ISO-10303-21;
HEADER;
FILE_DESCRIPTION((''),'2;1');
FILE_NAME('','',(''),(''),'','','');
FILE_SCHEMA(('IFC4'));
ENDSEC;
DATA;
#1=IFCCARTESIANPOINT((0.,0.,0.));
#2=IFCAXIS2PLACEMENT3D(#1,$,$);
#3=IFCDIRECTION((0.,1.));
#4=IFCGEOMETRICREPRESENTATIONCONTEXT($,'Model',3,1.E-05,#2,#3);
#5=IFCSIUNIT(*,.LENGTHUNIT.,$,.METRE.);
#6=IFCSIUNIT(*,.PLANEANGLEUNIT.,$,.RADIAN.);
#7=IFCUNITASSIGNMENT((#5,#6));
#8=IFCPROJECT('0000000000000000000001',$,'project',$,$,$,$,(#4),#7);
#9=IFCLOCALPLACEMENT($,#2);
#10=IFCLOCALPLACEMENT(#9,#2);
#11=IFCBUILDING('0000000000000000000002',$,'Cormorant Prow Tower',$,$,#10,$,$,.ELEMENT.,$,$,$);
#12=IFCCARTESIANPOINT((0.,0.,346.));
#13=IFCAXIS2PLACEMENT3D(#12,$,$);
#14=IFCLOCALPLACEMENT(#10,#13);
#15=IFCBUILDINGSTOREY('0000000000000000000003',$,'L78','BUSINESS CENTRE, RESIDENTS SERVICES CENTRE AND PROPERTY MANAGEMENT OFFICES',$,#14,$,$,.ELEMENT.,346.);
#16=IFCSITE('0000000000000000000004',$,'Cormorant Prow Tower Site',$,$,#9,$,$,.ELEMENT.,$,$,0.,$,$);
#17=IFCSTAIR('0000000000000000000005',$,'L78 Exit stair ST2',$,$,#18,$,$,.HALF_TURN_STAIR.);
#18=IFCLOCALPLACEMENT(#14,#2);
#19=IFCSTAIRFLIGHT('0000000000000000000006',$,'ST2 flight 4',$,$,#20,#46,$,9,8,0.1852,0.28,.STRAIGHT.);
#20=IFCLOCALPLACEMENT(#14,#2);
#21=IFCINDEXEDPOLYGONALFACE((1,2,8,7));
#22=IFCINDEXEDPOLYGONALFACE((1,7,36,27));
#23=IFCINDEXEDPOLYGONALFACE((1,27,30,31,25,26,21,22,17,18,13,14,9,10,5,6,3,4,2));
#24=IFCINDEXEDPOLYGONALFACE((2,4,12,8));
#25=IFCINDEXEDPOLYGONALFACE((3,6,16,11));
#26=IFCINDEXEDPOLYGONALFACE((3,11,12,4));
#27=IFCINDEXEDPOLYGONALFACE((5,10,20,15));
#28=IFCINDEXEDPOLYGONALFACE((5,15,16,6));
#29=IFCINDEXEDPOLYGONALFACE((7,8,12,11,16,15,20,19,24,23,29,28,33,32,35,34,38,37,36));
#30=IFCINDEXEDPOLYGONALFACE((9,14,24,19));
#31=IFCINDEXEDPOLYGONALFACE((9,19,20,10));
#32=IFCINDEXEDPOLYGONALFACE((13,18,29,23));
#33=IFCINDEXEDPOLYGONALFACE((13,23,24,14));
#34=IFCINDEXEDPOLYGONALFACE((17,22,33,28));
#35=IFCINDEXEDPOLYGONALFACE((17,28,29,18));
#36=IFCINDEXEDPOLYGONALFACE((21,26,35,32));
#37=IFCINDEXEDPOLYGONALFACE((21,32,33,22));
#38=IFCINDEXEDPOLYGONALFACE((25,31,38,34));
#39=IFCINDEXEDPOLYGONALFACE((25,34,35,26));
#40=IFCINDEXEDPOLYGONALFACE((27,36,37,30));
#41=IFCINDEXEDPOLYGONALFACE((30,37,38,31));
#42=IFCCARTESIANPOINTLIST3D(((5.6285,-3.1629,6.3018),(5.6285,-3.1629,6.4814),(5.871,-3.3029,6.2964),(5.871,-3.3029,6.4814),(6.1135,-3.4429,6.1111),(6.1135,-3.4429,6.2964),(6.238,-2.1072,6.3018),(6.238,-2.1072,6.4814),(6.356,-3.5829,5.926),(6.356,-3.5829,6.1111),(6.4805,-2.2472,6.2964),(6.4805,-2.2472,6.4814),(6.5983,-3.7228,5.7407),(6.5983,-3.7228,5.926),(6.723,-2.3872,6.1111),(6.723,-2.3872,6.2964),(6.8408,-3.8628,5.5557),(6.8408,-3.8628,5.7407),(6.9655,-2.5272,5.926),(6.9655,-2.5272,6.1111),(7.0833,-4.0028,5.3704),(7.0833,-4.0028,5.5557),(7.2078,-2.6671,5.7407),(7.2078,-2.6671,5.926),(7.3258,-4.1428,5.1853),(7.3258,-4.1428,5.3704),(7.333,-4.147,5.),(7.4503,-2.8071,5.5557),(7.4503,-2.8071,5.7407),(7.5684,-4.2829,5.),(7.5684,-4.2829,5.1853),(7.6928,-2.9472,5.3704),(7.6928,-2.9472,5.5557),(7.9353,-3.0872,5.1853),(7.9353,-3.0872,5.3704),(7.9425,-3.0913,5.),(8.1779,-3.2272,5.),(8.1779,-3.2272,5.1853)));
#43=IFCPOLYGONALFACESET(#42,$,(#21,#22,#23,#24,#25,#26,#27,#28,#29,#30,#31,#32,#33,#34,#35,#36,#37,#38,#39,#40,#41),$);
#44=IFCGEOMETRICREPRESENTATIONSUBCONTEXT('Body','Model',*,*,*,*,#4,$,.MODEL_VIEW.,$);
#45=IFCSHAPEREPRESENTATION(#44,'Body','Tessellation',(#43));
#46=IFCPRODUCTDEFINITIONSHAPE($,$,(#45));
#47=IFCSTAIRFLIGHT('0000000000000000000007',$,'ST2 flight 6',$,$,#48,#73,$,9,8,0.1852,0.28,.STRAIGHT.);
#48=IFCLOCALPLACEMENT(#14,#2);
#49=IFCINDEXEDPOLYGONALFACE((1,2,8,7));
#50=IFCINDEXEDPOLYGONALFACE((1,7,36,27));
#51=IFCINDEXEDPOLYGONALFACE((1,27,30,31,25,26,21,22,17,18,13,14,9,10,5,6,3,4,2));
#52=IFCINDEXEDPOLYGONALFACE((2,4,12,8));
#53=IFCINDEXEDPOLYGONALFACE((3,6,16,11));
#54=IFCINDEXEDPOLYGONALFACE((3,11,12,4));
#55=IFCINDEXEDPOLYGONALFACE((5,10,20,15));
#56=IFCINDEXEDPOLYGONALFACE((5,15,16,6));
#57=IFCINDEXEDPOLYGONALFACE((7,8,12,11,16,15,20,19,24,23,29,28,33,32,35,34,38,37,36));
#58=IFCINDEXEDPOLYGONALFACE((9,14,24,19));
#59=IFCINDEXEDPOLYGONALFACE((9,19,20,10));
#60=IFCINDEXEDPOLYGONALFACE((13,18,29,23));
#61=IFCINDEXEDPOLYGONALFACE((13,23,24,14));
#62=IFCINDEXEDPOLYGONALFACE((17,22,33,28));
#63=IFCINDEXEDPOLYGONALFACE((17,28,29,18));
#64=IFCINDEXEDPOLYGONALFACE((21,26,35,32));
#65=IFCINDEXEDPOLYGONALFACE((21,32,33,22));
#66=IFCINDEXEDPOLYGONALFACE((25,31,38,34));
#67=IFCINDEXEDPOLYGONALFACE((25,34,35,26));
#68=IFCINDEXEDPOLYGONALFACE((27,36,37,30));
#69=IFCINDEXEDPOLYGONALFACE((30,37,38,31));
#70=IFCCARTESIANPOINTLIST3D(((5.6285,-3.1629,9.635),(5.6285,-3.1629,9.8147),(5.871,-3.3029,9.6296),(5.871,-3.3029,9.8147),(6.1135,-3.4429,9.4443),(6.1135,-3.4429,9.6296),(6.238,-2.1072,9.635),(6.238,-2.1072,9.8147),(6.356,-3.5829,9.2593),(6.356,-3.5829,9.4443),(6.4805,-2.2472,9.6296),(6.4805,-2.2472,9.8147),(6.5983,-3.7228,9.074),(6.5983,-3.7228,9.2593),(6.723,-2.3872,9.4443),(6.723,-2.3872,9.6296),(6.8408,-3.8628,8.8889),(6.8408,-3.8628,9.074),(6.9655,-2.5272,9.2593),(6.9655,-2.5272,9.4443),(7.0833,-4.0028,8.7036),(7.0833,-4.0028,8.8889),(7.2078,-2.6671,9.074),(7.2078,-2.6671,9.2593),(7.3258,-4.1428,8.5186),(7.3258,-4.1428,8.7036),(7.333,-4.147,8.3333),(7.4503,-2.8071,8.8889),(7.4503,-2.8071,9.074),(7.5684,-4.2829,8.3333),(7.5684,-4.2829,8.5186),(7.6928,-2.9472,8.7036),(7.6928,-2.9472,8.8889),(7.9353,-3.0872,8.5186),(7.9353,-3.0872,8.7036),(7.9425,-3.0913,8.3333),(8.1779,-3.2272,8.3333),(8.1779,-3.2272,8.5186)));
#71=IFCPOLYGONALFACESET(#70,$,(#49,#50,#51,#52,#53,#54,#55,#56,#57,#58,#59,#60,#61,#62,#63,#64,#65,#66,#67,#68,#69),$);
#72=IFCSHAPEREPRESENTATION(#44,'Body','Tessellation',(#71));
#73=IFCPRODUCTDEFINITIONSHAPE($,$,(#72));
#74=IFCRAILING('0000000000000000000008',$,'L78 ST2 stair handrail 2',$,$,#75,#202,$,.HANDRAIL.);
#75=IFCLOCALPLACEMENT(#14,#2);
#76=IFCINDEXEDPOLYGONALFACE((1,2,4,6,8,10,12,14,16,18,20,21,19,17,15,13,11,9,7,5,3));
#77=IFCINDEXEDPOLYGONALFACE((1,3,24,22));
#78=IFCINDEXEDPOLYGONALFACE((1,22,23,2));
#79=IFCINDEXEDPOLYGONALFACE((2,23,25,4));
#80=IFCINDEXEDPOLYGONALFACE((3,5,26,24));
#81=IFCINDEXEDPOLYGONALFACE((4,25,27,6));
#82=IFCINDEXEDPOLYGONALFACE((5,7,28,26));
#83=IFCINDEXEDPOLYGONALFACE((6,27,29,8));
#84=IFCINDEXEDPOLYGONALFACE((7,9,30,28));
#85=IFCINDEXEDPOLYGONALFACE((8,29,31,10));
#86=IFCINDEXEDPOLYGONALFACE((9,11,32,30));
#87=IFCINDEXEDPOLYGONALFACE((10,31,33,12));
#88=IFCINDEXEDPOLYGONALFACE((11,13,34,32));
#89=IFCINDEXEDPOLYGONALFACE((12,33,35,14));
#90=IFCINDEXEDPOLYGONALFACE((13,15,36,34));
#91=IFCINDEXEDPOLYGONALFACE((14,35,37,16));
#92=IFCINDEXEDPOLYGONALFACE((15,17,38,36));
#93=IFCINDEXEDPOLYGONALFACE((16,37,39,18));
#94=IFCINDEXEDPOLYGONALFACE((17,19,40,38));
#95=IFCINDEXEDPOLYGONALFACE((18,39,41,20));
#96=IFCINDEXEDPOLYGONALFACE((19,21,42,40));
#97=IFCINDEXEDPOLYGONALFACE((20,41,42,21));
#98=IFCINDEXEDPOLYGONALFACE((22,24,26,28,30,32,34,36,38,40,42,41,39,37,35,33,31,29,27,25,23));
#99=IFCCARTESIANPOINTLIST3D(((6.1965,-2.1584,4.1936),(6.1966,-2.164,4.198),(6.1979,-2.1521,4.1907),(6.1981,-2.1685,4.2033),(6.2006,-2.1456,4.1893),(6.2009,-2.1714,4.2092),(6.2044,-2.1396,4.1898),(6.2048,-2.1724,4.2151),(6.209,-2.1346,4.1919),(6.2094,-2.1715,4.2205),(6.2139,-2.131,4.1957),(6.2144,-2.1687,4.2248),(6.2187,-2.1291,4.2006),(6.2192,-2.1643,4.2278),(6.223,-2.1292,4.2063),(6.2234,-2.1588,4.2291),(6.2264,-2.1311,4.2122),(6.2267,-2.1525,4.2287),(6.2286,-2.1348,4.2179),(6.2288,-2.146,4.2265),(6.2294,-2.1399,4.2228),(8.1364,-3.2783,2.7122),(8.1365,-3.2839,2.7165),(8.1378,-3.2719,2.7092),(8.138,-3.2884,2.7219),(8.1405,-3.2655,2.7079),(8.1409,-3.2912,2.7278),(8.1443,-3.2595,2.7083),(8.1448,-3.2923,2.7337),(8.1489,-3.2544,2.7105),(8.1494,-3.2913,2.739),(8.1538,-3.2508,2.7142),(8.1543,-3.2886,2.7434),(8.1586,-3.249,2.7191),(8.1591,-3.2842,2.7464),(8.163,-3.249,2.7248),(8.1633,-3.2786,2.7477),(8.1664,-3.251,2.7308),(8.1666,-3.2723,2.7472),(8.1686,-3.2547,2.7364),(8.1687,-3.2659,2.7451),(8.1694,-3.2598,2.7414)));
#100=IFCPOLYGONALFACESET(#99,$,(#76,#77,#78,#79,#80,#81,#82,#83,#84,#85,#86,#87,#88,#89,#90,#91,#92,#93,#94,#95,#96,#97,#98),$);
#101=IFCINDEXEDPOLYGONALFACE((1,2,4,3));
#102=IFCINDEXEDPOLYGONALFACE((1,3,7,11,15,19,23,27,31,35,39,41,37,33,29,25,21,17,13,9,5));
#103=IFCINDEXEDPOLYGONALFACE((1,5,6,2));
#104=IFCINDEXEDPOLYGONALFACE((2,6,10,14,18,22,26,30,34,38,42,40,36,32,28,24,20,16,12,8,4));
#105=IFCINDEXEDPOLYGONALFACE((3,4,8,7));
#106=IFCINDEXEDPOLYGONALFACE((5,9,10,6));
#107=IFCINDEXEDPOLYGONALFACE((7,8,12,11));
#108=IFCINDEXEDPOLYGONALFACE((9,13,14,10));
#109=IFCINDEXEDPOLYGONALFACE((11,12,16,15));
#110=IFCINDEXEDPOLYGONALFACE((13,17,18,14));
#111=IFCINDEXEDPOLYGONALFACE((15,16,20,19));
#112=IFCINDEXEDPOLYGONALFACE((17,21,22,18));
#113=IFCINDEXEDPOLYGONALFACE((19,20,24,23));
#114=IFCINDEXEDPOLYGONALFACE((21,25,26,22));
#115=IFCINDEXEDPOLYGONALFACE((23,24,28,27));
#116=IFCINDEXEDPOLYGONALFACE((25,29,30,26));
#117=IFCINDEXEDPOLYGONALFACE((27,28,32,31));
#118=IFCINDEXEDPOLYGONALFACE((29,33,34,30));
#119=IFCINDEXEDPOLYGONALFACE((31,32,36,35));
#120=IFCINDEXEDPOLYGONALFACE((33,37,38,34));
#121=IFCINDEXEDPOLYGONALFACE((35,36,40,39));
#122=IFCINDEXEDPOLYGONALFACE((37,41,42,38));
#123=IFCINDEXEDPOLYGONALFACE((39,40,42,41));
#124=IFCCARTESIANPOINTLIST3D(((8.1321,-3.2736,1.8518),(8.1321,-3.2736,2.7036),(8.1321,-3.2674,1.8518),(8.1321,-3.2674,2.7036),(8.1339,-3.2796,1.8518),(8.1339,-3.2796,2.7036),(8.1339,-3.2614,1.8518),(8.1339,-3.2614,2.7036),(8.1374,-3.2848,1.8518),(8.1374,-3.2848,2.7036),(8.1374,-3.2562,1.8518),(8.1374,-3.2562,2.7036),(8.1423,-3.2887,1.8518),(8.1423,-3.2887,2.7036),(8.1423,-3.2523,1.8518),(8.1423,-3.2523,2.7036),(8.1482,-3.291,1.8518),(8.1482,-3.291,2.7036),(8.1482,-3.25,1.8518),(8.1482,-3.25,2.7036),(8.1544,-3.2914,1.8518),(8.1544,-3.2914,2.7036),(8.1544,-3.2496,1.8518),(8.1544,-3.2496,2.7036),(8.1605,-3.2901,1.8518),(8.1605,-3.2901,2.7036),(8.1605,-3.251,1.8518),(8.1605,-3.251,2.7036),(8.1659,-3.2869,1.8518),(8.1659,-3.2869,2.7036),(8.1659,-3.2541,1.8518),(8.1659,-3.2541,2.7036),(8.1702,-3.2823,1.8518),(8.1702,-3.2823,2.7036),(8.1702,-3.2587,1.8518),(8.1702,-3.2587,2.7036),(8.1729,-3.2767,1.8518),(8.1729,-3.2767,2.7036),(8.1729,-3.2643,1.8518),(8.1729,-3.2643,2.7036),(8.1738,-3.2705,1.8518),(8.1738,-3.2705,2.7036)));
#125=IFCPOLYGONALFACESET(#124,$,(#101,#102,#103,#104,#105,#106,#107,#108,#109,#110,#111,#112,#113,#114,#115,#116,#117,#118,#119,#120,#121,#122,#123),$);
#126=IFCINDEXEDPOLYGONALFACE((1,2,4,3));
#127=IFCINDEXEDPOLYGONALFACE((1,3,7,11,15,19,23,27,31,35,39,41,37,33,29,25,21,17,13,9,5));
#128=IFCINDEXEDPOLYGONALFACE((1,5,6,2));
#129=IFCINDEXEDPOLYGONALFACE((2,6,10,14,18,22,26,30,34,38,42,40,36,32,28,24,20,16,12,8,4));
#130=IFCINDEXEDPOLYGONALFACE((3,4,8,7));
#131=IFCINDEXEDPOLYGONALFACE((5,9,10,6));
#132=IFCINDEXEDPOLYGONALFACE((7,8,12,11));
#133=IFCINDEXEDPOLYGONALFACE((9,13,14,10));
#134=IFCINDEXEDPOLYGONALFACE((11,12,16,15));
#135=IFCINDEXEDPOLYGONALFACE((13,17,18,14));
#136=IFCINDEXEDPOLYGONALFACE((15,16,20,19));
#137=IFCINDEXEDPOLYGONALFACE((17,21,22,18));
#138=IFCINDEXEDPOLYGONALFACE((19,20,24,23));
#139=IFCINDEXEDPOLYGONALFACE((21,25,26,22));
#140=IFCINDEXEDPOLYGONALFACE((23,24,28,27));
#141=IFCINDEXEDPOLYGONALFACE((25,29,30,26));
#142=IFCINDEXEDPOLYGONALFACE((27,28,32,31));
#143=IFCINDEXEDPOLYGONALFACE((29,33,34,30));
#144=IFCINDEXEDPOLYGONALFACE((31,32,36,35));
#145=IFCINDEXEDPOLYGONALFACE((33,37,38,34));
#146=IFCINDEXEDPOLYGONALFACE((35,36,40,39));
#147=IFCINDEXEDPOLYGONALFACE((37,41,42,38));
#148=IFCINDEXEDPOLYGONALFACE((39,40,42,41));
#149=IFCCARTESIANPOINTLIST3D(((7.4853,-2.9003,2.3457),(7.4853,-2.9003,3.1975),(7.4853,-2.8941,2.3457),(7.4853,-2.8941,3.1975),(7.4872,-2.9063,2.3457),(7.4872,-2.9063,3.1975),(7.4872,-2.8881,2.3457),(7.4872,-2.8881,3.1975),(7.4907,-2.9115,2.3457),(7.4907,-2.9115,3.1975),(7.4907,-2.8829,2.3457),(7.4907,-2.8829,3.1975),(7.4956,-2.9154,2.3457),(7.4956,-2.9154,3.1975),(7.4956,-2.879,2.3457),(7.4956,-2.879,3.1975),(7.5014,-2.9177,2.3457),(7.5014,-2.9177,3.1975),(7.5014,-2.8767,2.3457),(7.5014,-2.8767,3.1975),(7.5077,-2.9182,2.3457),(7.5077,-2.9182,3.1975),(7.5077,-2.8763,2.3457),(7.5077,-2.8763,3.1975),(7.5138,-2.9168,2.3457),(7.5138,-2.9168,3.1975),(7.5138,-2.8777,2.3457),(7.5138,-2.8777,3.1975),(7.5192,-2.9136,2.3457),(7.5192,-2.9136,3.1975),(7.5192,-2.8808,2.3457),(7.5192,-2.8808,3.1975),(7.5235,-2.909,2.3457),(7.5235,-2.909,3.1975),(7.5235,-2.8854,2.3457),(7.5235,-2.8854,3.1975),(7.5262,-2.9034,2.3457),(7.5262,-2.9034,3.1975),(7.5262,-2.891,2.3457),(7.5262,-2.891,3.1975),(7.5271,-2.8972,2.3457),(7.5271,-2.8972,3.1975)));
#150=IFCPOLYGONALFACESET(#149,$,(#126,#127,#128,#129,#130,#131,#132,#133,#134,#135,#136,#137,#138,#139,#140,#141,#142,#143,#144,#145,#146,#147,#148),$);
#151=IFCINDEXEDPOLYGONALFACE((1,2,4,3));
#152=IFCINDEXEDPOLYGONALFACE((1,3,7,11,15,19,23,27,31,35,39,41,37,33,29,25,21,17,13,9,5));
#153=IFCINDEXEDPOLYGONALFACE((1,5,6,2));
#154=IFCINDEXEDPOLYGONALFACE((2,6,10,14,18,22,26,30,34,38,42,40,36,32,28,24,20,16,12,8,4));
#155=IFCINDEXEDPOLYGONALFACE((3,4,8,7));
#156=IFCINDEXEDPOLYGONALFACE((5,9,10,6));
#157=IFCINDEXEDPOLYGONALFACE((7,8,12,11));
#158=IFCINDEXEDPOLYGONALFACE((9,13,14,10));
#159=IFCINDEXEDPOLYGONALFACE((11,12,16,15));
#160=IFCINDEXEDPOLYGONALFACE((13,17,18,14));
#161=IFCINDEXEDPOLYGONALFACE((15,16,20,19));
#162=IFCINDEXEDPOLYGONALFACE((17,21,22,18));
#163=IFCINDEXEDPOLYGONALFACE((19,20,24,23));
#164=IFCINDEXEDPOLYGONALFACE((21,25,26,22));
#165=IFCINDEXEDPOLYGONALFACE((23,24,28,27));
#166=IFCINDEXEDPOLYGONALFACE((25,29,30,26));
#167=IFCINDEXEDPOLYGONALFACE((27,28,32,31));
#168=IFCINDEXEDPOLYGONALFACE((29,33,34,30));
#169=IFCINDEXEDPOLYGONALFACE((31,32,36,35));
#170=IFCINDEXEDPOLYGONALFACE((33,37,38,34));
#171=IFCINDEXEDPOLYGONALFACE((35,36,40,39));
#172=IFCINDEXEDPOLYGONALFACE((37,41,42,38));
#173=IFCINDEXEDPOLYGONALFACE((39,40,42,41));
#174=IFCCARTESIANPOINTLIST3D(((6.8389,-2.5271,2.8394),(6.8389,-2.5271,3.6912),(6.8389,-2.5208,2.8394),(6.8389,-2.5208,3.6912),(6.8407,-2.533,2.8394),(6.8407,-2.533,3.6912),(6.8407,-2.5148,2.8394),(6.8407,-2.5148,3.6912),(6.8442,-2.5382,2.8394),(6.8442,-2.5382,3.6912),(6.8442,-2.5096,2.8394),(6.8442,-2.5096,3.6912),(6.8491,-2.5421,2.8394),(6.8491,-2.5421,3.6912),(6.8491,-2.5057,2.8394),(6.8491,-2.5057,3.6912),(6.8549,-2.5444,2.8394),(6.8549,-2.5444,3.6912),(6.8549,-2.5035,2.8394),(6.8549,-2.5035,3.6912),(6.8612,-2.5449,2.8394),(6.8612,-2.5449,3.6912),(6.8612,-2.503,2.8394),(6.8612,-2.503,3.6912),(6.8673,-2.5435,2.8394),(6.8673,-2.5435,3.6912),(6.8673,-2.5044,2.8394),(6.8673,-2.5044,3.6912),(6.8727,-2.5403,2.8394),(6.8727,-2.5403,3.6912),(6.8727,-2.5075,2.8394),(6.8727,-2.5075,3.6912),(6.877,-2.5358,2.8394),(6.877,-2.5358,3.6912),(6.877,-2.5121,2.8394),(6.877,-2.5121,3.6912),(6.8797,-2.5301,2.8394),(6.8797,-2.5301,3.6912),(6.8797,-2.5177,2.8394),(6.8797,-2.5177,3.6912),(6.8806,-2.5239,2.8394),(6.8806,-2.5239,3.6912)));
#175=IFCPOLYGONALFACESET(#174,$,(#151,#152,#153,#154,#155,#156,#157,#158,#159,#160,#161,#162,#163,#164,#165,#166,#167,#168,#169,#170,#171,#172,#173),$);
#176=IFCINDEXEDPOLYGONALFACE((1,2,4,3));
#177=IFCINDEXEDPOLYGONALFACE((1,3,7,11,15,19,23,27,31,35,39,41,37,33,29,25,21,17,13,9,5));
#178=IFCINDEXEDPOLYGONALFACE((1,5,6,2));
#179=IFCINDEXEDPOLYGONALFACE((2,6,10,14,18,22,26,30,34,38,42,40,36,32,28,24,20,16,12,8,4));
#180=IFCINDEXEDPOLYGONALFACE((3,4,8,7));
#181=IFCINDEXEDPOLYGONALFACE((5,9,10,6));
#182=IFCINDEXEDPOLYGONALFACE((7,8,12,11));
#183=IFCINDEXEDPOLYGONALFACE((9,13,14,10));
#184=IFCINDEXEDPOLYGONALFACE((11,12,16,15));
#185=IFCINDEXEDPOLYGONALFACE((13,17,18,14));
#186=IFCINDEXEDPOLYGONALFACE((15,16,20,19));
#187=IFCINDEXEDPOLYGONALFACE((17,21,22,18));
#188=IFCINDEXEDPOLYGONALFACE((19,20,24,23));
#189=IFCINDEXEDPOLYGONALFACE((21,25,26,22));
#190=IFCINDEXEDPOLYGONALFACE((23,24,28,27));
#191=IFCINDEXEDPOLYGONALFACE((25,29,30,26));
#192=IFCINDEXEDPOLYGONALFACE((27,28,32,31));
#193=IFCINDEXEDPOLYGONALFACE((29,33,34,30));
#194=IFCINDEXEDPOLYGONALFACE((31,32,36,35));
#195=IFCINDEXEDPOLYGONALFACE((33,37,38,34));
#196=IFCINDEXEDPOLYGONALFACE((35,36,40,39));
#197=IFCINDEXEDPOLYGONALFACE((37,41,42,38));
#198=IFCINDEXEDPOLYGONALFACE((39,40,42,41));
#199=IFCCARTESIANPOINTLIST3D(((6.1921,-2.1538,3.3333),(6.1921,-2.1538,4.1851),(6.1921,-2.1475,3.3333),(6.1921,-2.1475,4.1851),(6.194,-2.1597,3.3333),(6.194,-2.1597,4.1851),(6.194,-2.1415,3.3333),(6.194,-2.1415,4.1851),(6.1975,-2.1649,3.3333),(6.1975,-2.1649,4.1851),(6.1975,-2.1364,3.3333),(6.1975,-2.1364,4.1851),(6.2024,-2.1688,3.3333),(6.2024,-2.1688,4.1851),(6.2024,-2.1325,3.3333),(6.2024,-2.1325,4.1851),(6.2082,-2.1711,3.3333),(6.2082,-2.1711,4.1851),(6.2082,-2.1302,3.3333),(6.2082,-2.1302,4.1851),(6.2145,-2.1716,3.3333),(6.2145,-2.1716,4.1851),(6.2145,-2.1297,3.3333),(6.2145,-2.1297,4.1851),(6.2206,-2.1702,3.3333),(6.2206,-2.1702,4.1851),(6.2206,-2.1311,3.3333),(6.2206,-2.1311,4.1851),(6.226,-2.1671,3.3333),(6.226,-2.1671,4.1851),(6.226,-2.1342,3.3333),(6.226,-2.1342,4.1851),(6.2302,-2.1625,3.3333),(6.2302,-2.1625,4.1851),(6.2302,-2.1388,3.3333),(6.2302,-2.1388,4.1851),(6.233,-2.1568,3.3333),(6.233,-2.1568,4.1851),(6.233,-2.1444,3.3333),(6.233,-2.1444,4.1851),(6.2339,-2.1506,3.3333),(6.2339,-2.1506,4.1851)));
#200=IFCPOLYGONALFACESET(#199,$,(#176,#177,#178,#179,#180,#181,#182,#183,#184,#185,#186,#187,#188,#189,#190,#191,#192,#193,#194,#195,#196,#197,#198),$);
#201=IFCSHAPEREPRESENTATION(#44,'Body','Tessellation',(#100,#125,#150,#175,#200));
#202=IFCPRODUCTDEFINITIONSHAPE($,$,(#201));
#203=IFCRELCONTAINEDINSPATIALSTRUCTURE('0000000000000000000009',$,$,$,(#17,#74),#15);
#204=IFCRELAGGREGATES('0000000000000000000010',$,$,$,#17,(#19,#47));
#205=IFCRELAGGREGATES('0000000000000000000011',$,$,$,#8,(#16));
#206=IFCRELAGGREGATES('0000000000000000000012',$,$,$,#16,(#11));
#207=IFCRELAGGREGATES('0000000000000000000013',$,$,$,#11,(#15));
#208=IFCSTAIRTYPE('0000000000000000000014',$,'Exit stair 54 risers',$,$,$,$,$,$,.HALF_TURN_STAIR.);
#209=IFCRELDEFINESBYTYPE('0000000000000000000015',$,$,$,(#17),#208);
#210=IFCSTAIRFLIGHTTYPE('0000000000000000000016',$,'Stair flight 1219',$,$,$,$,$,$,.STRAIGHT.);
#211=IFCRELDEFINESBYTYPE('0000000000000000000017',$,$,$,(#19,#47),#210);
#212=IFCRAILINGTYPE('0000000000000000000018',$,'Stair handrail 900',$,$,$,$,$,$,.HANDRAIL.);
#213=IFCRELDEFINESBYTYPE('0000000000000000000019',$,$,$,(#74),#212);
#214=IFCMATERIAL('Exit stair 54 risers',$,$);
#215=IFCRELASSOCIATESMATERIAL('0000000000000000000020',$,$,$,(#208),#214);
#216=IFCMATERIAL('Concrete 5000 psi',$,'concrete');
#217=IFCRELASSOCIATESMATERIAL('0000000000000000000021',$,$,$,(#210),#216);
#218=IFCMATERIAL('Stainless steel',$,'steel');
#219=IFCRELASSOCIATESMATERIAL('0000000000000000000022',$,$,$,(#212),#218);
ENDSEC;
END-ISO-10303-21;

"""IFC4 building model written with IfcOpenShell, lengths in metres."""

from ifc_helpers import new_model, si_unit, direction, frame, origin, origin_2d, place, context, subcontext, project, spatial, polyline, circle, outline, extrude, material, type_object, element, aggregate, save


model = new_model("IFC4")

# Units and contexts
model_context = context("Model", 3, precision=1e-05, world=origin(), true_north=direction((0.0, 1.0)))
body_context = subcontext(model_context, "Body", "Model", "MODEL_VIEW")
ifc_project = project(units=[si_unit("LENGTHUNIT", "METRE"), si_unit("PLANEANGLEUNIT", "RADIAN")], contexts=[model_context])

# Site, building, storey
site_placement = place(None, origin())
site = spatial("IfcSite", under=ifc_project, at=site_placement, Name="Cormorant Prow Tower Site", CompositionType="ELEMENT", RefElevation=0.0)
building_placement = place(site_placement, origin())
building = spatial("IfcBuilding", under=site, at=building_placement, Name="Cormorant Prow Tower", CompositionType="ELEMENT")
storey_placement = place(building_placement, frame((0.0, 0.0, 346.0)))
storey = spatial("IfcBuildingStorey", under=building, at=storey_placement, Name="L78", Description="BUSINESS CENTRE, RESIDENTS SERVICES CENTRE AND PROPERTY MANAGEMENT OFFICES", CompositionType="ELEMENT", Elevation=346.0)

# Stair, stair flights
ifc_material_1 = material(Name="Exit stair 54 risers")
stair_type = type_object("IfcStairType", Name="Exit stair 54 risers", PredefinedType="HALF_TURN_STAIR", material=ifc_material_1)
stair_placement = place(storey_placement, origin())
stair = element("IfcStair", 1, at=stair_placement, inside=storey, type_object=stair_type, Name="L78 Exit stair ST2", PredefinedType="HALF_TURN_STAIR")
ifc_material_2 = material(Name="Concrete 5000 psi", Category="concrete")
stair_flight_type = type_object("IfcStairFlightType", Name="Stair flight 1219", PredefinedType="STRAIGHT", material=ifc_material_2)
stair_flight_1_placement = place(storey_placement, frame((7.873, -3.7551, 5.0), z_axis=(0.0, 0.0, 1.0), x_axis=(-0.866025, 0.5, 0.0)))
stair_flight_1 = element("IfcStairFlight", 2, at=stair_flight_1_placement, type_object=stair_flight_type, Name="ST2 flight 4", NumberOfRisers=9, NumberOfTreads=8, PredefinedType="STRAIGHT", RiserHeight=0.1852, TreadLength=0.28, context=body_context, shape_type="SweptSolid", body=[
    extrude(outline(polyline([(0.0, 0.0), (0.0, 0.1853), (0.28, 0.1853), (0.28, 0.3704), (0.5601, 0.3704), (0.5601, 0.5557), (0.8401, 0.5557), (0.8401, 0.7407), (1.1201, 0.7407), (1.1201, 0.926), (1.3999, 0.926), (1.3999, 1.1111), (1.6799, 1.1111), (1.6799, 1.2964), (1.96, 1.2964), (1.96, 1.4814), (2.24, 1.4814), (2.24, 1.6667), (2.24, 1.3018), (0.2717, 0.0), (0.0, 0.0)])), frame((0.0, 0.6094, 0.0), z_axis=(0.0, -1.0, 0.0), x_axis=(1.0, 0.0, 0.0)), (0.0, 0.0, 1.0), 1.219),
])
stair_flight_2_placement = place(storey_placement, frame((7.873, -3.7551, 8.3333), z_axis=(0.0, 0.0, 1.0), x_axis=(-0.866025, 0.5, 0.0)))
stair_flight_2 = element("IfcStairFlight", 3, at=stair_flight_2_placement, type_object=stair_flight_type, Name="ST2 flight 6", NumberOfRisers=9, NumberOfTreads=8, PredefinedType="STRAIGHT", RiserHeight=0.1852, TreadLength=0.28, context=body_context, shape_type="SweptSolid", body=[
    extrude(outline(polyline([(0.0, 0.0), (0.0, 0.1853), (0.28, 0.1853), (0.28, 0.3704), (0.5601, 0.3704), (0.5601, 0.5557), (0.8401, 0.5557), (0.8401, 0.7407), (1.1201, 0.7407), (1.1201, 0.926), (1.3999, 0.926), (1.3999, 1.1111), (1.6799, 1.1111), (1.6799, 1.2964), (1.96, 1.2964), (1.96, 1.4814), (2.24, 1.4814), (2.24, 1.6667), (2.24, 1.3018), (0.2717, 0.0), (0.0, 0.0)])), frame((0.0, 0.6094, 0.0), z_axis=(0.0, -1.0, 0.0), x_axis=(1.0, 0.0, 0.0)), (0.0, 0.0, 1.0), 1.219),
])
aggregate(stair, [stair_flight_1, stair_flight_2])

# Railing
ifc_material_3 = material(Name="Stainless steel", Category="steel")
railing_type = type_object("IfcRailingType", Name="Stair handrail 900", PredefinedType="HANDRAIL", material=ifc_material_3)
for number, where, name in (
    (4, (8.1528, -3.2705, 1.8518), "L78 ST2 stair handrail 2"),
):
    element("IfcRailing", number, at=place(storey_placement, frame(where)), inside=storey, type_object=railing_type, Name=name, PredefinedType="HANDRAIL", context=body_context, shape_type="SweptSolid", body=[
        extrude(circle(Radius=0.0239, at=origin_2d()), frame((0.0, 0.0, 0.876), z_axis=(-0.722363, 0.417, 0.551636), x_axis=(-0.499949, -0.866055, 0.0)), (0.0, 0.0, 1.0), 2.6855),
        extrude(circle(Radius=0.021, at=origin_2d()), origin(), (0.0, 0.0, 1.0), 0.8518),
        extrude(circle(Radius=0.021, at=origin_2d()), frame((-0.6467, 0.3733, 0.4939)), (0.0, 0.0, 1.0), 0.8518),
        extrude(circle(Radius=0.021, at=origin_2d()), frame((-1.2932, 0.7466, 0.9875)), (0.0, 0.0, 1.0), 0.8518),
        extrude(circle(Radius=0.021, at=origin_2d()), frame((-1.9399, 1.1199, 1.4814)), (0.0, 0.0, 1.0), 0.8518),
    ])

save(model, "model.ifc")
